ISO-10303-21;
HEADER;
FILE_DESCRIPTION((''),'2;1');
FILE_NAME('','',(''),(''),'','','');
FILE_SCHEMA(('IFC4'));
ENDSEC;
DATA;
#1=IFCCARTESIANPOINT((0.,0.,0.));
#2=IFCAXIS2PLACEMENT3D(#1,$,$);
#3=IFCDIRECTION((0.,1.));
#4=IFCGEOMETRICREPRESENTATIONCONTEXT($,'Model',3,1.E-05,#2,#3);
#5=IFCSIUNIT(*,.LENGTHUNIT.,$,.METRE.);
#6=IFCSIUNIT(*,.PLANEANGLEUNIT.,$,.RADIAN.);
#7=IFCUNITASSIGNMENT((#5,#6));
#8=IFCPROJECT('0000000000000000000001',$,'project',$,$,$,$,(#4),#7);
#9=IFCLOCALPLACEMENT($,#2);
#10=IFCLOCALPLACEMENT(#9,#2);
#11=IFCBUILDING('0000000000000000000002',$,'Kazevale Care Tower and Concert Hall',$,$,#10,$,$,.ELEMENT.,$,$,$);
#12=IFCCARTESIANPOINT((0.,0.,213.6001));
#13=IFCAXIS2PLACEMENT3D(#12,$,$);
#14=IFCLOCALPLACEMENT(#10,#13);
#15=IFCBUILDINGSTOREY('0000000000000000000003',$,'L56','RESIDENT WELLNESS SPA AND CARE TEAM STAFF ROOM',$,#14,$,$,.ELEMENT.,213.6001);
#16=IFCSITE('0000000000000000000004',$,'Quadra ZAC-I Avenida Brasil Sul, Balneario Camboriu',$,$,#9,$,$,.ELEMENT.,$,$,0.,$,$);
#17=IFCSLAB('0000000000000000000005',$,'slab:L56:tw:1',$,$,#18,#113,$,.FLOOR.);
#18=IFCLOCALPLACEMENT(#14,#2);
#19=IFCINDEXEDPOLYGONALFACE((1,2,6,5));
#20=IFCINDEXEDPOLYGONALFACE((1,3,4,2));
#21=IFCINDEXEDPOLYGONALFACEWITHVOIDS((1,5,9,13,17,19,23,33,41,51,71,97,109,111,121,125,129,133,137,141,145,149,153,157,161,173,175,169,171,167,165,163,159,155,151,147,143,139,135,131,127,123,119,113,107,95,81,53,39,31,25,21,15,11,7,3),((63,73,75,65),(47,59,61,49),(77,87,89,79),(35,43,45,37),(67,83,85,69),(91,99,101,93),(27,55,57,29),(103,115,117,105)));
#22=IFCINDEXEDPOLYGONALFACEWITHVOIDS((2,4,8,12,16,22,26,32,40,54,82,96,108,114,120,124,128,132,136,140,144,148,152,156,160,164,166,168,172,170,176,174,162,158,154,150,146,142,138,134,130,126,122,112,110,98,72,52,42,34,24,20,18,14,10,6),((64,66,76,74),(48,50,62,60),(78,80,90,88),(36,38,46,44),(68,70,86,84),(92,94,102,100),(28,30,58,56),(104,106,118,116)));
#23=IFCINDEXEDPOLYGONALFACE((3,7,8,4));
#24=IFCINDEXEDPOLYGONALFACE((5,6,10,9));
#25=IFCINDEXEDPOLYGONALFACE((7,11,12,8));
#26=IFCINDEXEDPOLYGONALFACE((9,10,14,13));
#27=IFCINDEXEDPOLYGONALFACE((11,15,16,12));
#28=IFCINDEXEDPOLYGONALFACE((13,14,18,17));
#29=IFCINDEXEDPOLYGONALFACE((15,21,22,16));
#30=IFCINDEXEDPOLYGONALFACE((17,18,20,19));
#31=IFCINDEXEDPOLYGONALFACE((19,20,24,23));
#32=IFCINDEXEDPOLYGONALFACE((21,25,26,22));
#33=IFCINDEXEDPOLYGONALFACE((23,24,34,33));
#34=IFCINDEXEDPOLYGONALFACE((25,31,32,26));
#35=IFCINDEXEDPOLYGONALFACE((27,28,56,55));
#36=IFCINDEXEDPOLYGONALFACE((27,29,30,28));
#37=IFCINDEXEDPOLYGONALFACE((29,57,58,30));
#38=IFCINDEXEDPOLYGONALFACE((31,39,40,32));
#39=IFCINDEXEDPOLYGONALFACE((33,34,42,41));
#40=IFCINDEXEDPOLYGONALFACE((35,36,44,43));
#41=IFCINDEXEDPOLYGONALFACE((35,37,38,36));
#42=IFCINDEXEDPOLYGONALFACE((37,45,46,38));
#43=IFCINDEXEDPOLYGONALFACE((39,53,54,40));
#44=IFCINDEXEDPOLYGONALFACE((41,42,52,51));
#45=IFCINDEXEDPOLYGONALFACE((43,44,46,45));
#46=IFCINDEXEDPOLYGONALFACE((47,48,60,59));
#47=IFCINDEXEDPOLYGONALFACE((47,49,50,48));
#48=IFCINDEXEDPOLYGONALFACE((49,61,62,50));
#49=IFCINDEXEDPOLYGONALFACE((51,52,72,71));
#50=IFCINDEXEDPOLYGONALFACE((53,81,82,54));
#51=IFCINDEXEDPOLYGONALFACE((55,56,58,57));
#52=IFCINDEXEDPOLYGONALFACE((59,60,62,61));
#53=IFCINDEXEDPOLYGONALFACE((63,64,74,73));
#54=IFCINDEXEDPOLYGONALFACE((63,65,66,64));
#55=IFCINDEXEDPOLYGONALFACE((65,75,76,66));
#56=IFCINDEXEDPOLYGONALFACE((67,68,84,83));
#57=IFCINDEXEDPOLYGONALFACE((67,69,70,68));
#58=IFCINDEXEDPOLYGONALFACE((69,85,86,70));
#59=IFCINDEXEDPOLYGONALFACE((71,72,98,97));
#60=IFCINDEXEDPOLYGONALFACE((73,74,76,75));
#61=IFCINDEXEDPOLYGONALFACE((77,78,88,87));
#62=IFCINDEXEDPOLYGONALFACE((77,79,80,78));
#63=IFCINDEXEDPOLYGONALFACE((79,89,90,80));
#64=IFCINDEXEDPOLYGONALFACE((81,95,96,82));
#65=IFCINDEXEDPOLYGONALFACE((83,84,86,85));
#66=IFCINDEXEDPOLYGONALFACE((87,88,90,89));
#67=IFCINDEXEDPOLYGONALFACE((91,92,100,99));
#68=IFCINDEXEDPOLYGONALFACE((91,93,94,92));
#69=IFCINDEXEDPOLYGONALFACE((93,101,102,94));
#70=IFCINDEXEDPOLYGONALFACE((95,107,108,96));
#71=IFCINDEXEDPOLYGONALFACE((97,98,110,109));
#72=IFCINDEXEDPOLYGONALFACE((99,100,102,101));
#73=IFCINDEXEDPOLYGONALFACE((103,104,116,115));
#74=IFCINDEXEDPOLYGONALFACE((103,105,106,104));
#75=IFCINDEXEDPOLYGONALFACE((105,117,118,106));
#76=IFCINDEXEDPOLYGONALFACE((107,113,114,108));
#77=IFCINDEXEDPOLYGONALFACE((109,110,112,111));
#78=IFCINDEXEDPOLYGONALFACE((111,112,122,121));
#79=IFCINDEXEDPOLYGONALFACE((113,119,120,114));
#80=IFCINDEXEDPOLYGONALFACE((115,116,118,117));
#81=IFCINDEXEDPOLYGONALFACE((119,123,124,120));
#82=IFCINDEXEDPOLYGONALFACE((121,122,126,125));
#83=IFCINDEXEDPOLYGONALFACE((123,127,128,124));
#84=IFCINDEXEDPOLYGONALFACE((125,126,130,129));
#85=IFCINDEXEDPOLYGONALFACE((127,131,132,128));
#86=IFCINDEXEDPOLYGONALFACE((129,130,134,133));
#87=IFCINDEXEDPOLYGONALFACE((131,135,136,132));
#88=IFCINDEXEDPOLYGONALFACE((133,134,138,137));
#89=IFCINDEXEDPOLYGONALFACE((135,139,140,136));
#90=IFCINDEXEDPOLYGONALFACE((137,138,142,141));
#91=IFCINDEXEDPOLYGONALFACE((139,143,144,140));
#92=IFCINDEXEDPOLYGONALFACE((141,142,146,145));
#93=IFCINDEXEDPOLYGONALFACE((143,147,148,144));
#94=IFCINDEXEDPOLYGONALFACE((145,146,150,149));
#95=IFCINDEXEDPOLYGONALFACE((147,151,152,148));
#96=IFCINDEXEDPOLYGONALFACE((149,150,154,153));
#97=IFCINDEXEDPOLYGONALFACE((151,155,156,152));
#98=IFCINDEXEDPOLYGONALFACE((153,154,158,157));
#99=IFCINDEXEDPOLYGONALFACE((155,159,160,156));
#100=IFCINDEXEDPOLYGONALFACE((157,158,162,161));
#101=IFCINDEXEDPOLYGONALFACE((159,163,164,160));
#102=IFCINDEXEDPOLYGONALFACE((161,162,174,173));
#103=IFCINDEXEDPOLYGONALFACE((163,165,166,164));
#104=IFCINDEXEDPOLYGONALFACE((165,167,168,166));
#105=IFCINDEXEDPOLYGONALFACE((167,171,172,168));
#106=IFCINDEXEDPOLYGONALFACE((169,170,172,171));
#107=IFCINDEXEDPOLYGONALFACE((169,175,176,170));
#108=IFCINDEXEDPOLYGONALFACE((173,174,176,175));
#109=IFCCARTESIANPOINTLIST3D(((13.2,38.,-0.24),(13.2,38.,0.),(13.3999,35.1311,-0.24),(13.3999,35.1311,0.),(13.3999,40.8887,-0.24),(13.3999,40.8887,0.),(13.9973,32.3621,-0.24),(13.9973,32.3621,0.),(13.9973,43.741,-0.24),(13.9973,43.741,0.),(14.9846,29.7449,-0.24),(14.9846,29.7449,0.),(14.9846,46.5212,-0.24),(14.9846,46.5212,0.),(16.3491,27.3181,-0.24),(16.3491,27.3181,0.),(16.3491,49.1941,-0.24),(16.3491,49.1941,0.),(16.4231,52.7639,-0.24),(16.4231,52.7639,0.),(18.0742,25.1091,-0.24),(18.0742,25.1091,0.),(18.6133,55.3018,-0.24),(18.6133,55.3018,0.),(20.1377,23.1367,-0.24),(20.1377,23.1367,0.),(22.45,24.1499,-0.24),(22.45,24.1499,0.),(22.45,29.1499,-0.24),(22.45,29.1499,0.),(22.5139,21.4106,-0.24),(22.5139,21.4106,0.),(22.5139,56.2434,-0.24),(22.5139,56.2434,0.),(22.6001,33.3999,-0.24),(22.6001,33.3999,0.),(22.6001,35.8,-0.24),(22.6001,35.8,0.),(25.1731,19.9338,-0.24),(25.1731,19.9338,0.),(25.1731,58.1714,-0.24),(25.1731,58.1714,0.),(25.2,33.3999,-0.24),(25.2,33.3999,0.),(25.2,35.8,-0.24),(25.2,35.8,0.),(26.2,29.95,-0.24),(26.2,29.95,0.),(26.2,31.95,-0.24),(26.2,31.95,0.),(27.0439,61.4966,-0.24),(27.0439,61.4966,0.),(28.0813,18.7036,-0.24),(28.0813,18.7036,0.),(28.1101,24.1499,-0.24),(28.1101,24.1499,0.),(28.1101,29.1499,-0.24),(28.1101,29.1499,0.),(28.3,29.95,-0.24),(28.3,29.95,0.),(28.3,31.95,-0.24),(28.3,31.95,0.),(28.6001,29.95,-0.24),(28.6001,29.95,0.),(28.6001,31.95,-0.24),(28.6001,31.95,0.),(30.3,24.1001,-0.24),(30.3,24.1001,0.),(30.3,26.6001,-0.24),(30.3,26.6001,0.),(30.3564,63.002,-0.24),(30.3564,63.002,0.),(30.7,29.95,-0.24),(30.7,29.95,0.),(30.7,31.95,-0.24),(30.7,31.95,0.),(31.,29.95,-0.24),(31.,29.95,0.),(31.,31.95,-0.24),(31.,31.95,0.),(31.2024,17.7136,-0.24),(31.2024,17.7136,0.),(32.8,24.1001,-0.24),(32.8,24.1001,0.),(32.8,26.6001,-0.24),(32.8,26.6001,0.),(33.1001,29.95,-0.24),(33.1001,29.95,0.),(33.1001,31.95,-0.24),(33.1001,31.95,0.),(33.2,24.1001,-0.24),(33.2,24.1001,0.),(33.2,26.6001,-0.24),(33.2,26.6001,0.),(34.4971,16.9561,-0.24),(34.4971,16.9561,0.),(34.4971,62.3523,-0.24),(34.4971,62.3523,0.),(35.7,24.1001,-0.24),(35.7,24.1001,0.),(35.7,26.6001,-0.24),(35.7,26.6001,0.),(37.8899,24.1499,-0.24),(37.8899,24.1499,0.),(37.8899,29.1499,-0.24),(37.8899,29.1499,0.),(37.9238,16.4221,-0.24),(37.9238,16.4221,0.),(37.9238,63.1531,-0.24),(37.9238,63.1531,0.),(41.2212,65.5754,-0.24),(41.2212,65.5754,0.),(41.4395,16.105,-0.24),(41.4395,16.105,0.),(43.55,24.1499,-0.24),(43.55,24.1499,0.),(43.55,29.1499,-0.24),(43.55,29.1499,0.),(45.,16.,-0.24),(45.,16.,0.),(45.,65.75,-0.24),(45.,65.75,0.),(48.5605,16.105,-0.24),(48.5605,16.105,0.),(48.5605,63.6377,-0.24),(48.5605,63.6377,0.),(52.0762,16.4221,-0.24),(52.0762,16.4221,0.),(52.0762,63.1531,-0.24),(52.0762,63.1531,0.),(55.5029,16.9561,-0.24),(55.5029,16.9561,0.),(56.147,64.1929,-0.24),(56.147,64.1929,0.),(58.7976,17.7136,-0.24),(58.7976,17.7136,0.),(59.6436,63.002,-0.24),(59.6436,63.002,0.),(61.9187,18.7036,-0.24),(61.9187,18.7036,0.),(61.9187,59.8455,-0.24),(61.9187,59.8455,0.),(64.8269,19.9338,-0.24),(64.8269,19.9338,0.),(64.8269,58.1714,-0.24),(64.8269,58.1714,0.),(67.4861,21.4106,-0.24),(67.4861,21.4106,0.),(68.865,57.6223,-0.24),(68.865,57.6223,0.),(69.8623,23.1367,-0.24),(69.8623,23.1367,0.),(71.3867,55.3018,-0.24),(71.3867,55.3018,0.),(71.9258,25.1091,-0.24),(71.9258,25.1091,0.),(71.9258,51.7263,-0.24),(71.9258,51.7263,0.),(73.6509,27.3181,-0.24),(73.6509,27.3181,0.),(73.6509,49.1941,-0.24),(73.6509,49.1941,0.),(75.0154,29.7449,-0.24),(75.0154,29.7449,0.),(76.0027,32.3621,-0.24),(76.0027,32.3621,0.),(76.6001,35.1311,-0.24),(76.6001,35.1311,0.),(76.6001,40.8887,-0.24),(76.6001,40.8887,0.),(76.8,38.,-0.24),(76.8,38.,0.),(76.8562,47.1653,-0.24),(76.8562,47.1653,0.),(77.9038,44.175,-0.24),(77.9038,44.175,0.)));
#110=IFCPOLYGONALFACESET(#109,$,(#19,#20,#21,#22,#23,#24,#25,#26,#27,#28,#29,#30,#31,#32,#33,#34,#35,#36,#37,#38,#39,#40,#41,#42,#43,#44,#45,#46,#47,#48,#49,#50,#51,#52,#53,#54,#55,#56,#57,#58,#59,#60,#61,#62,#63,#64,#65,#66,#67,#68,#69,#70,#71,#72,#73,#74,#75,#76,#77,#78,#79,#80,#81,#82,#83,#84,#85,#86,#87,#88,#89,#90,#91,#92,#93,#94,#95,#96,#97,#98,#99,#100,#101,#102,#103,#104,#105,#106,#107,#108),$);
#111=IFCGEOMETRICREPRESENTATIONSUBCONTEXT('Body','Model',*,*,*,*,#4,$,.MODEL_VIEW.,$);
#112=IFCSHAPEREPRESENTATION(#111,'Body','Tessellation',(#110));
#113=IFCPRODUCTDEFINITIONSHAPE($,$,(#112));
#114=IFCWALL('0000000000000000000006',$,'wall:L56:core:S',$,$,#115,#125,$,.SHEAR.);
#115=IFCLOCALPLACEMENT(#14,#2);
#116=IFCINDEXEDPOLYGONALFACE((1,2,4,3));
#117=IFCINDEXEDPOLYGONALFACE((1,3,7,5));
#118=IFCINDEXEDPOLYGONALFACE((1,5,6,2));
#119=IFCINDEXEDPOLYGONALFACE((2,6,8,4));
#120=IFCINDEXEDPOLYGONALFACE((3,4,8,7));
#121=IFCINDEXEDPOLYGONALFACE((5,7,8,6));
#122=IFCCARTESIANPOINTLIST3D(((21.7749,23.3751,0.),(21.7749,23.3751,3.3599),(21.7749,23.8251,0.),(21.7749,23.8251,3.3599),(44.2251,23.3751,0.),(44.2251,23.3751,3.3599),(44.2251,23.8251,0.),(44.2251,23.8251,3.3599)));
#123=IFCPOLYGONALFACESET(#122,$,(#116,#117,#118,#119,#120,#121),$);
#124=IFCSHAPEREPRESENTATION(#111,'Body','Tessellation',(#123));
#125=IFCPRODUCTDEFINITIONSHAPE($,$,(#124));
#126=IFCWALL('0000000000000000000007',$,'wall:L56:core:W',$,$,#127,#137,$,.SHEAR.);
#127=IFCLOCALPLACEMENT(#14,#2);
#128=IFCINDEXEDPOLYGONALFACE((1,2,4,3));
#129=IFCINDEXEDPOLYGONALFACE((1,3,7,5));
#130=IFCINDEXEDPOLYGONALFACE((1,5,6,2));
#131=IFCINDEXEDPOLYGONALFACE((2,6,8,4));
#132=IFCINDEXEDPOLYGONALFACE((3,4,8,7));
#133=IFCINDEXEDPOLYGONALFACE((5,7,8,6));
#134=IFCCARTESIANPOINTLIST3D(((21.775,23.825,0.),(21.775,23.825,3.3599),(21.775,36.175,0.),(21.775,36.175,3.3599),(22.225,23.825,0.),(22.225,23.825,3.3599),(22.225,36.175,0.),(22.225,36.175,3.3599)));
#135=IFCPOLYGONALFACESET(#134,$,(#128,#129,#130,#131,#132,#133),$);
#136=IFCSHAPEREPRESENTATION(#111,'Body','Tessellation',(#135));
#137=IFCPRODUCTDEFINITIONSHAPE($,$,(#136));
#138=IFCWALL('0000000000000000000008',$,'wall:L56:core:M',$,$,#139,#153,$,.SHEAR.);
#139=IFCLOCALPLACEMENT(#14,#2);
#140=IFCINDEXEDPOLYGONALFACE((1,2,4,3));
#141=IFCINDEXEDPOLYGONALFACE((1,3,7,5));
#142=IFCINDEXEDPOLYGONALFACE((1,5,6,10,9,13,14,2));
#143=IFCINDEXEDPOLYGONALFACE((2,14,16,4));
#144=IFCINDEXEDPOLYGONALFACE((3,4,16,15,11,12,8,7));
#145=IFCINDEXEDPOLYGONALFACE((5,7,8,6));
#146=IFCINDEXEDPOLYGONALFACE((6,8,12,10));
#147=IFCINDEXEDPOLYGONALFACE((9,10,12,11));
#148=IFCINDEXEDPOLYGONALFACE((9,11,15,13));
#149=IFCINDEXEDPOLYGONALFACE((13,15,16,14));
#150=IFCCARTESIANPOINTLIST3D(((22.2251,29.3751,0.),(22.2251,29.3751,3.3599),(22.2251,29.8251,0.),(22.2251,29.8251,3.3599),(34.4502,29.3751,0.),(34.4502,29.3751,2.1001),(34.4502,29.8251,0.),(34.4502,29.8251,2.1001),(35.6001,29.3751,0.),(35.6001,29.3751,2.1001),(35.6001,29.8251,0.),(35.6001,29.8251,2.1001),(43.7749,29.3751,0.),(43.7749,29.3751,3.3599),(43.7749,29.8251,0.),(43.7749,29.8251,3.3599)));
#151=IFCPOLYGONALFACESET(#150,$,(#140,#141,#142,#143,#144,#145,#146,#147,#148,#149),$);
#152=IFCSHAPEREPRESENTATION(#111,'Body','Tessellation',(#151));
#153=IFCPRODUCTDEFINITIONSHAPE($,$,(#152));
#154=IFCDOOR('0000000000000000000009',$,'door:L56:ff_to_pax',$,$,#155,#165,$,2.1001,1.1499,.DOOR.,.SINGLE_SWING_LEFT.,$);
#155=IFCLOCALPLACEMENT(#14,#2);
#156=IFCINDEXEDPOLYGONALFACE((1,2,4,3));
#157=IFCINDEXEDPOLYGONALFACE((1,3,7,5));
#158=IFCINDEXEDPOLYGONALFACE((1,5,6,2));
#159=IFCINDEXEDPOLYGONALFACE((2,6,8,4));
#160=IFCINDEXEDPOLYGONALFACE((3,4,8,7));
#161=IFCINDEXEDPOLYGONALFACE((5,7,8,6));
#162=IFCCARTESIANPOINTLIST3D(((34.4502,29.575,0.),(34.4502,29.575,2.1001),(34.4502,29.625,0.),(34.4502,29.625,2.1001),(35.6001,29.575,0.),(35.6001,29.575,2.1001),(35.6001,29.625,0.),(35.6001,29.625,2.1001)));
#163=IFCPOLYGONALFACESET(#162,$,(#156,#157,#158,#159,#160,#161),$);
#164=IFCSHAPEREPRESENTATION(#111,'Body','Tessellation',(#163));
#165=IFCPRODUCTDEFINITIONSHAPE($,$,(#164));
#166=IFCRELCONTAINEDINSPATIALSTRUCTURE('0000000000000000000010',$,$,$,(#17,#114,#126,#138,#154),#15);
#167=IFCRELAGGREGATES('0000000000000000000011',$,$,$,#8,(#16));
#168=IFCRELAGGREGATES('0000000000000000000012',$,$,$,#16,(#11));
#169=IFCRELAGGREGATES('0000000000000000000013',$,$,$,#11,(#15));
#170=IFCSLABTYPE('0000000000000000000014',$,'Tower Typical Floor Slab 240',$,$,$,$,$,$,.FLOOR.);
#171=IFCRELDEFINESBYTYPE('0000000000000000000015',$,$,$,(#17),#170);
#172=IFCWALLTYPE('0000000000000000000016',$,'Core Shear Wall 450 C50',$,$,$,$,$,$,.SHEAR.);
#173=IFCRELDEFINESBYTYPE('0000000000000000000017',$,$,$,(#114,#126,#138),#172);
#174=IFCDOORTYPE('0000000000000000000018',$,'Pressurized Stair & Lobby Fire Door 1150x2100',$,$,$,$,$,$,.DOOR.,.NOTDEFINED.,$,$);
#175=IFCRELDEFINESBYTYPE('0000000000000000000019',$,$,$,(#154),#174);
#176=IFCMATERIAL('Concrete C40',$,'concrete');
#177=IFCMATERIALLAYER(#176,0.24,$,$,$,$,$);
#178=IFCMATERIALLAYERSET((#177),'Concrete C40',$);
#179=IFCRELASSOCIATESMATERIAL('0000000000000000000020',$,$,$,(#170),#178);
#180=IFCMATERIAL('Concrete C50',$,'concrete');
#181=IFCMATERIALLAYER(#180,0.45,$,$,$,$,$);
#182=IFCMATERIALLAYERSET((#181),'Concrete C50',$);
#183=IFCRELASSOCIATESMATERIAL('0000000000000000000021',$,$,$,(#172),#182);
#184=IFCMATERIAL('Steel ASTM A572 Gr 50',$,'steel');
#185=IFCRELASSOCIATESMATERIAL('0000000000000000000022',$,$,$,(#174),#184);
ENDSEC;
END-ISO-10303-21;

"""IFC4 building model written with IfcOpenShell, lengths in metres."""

from ifc_helpers import new_model, si_unit, direction, frame, frame_2d, origin, place, context, subcontext, project, spatial, polyline, rectangle, outline, extrude, material, layer, layer_set, type_object, element, fill, save


model = new_model("IFC4")

# Units and contexts
model_context = context("Model", 3, precision=1e-05, world=origin(), true_north=direction((0.0, 1.0)))
body_context = subcontext(model_context, "Body", "Model", "MODEL_VIEW")
ifc_project = project(units=[si_unit("LENGTHUNIT", "METRE"), si_unit("PLANEANGLEUNIT", "RADIAN")], contexts=[model_context])

# Site, building, storey
site_placement = place(None, origin())
site = spatial("IfcSite", under=ifc_project, at=site_placement, Name="Quadra ZAC-I Avenida Brasil Sul, Balneario Camboriu", CompositionType="ELEMENT", RefElevation=0.0)
building_placement = place(site_placement, origin())
building = spatial("IfcBuilding", under=site, at=building_placement, Name="Kazevale Care Tower and Concert Hall", CompositionType="ELEMENT")
storey_placement = place(building_placement, frame((0.0, 0.0, 213.6001)))
storey = spatial("IfcBuildingStorey", under=building, at=storey_placement, Name="L56", Description="RESIDENT WELLNESS SPA AND CARE TEAM STAFF ROOM", CompositionType="ELEMENT", Elevation=213.6001)

# Shared definitions
ifc_material_1 = material(Name="Concrete C50", Category="concrete")

# Shared definitions
ifc_material_2 = material(Name="Steel ASTM A572 Gr 50", Category="steel")

# Shared definitions
ifc_material_3 = material(Name="Concrete C40", Category="concrete")

# Slab
ifc_layer_1 = layer(ifc_material_3, 0.24)
ifc_layer_set_1 = layer_set([ifc_layer_1], Name="Concrete C40")
slab_type_1 = type_object("IfcSlabType", Name="Tower Typical Floor Slab 240", PredefinedType="FLOOR", material=ifc_layer_set_1)
slab_1_placement = place(storey_placement, frame((0.0, 0.0, -0.24)))
element("IfcSlab", 1, at=slab_1_placement, inside=storey, type_object=slab_type_1, Name="slab:L56:tw:1", PredefinedType="FLOOR", context=body_context, shape_type="SweptSolid", body=[
    extrude(outline(polyline([(76.8, 38.0), (76.6001, 40.8887), (77.9038, 44.175), (76.8562, 47.1653), (73.6509, 49.1941), (71.9258, 51.7263), (71.3867, 55.3018), (68.865, 57.6223), (64.8269, 58.1714), (61.9187, 59.8455), (59.6436, 63.002), (56.147, 64.1929), (52.0762, 63.1531), (48.5605, 63.6377), (45.0, 65.75), (41.2212, 65.5754), (37.9238, 63.1531), (34.4971, 62.3523), (30.3564, 63.002), (27.0439, 61.4966), (25.1731, 58.1714), (22.5139, 56.2434), (18.6133, 55.3018), (16.4231, 52.7639), (16.3491, 49.1941), (14.9846, 46.5212), (13.9973, 43.741), (13.3999, 40.8887), (13.2, 38.0), (13.3999, 35.1311), (13.9973, 32.3621), (14.9846, 29.7449), (16.3491, 27.3181), (18.0742, 25.1091), (20.1377, 23.1367), (22.5139, 21.4106), (25.1731, 19.9338), (28.0813, 18.7036), (31.2024, 17.7136), (34.4971, 16.9561), (37.9238, 16.4221), (41.4395, 16.105), (45.0, 16.0), (48.5605, 16.105), (52.0762, 16.4221), (55.5029, 16.9561), (58.7976, 17.7136), (61.9187, 18.7036), (64.8269, 19.9338), (67.4861, 21.4106), (69.8623, 23.1367), (71.9258, 25.1091), (73.6509, 27.3181), (75.0154, 29.7449), (76.0027, 32.3621), (76.6001, 35.1311), (76.8, 38.0)]), holes=[polyline([(22.45, 24.1499), (28.1101, 24.1499), (28.1101, 29.1499), (22.45, 29.1499), (22.45, 24.1499)]), polyline([(37.8899, 24.1499), (43.55, 24.1499), (43.55, 29.1499), (37.8899, 29.1499), (37.8899, 24.1499)]), polyline([(30.3, 24.1001), (32.8, 24.1001), (32.8, 26.6001), (30.3, 26.6001), (30.3, 24.1001)]), polyline([(33.2, 24.1001), (35.7, 24.1001), (35.7, 26.6001), (33.2, 26.6001), (33.2, 24.1001)]), polyline([(22.6001, 33.3999), (25.2, 33.3999), (25.2, 35.8), (22.6001, 35.8), (22.6001, 33.3999)]), polyline([(26.2, 29.95), (28.3, 29.95), (28.3, 31.95), (26.2, 31.95), (26.2, 29.95)]), polyline([(28.6001, 29.95), (30.7, 29.95), (30.7, 31.95), (28.6001, 31.95), (28.6001, 29.95)]), polyline([(31.0, 29.95), (33.1001, 29.95), (33.1001, 31.95), (31.0, 31.95), (31.0, 29.95)])]), origin(), (0.0, 0.0, 1.0), 0.24),
])

# Walls
ifc_layer_2 = layer(ifc_material_1, 0.45)
ifc_layer_set_2 = layer_set([ifc_layer_2], Name="Concrete C50")
wall_type_1 = type_object("IfcWallType", Name="Core Shear Wall 450 C50", PredefinedType="SHEAR", material=ifc_layer_set_2)
wall_1_placement = place(storey_placement, frame((21.7749, 23.6001, 0.0), z_axis=(0.0, 0.0, 1.0), x_axis=(1.0, 0.0, 0.0)))
element("IfcWall", 2, at=wall_1_placement, inside=storey, type_object=wall_type_1, Name="wall:L56:core:S", PredefinedType="SHEAR", context=body_context, shape_type="SweptSolid", body=[
    extrude(rectangle(XDim=22.4502, YDim=0.45, at=frame_2d((11.2251, 0.0))), origin(), (0.0, 0.0, 1.0), 3.3599),
])
wall_2_placement = place(storey_placement, frame((22.0, 23.825, 0.0), z_axis=(0.0, 0.0, 1.0), x_axis=(0.0, 1.0, 0.0)))
element("IfcWall", 3, at=wall_2_placement, inside=storey, type_object=wall_type_1, Name="wall:L56:core:W", PredefinedType="SHEAR", context=body_context, shape_type="SweptSolid", body=[
    extrude(rectangle(XDim=12.3501, YDim=0.45, at=frame_2d((6.175, 0.0))), origin(), (0.0, 0.0, 1.0), 3.3599),
])

# Wall, opening, door
wall_3_placement = place(storey_placement, frame((22.2251, 29.6001, 0.0), z_axis=(0.0, 0.0, 1.0), x_axis=(1.0, 0.0, 0.0)))
wall_3 = element("IfcWall", 4, at=wall_3_placement, inside=storey, type_object=wall_type_1, Name="wall:L56:core:M", PredefinedType="SHEAR", context=body_context, shape_type="SweptSolid", body=[
    extrude(rectangle(XDim=21.5498, YDim=0.45, at=frame_2d((10.7749, 0.0))), origin(), (0.0, 0.0, 1.0), 3.3599),
])
opening_1_placement = place(wall_3_placement, frame((12.2251, 0.0, 0.0)))
opening_1 = element("IfcOpeningElement", 5, at=opening_1_placement, cuts=wall_3, PredefinedType="OPENING", context=body_context, shape_type="SweptSolid", body=[
    extrude(rectangle(XDim=1.1499, YDim=2.1001, at=frame_2d((0.575, 1.05))), frame((0.0, 0.2349, 0.0), z_axis=(0.0, -1.0, 0.0), x_axis=(1.0, 0.0, 0.0)), (0.0, 0.0, 1.0), 0.47),
])
door_type_1 = type_object("IfcDoorType", Name="Pressurized Stair & Lobby Fire Door 1150x2100", OperationType="NOTDEFINED", PredefinedType="DOOR", material=ifc_material_2)
door_1_placement = place(opening_1_placement, origin())
door_1 = element("IfcDoor", 6, at=door_1_placement, inside=storey, type_object=door_type_1, Name="door:L56:ff_to_pax", OperationType="SINGLE_SWING_LEFT", OverallHeight=2.1001, OverallWidth=1.1499, PredefinedType="DOOR", context=body_context, shape_type="SweptSolid", body=[
    extrude(rectangle(XDim=1.1499, YDim=2.1001, at=frame_2d((0.575, 1.05))), frame((0.0, 0.0249, 0.0), z_axis=(0.0, -1.0, 0.0), x_axis=(1.0, 0.0, 0.0)), (0.0, 0.0, 1.0), 0.05),
])
fill(opening_1, door_1)

save(model, "model.ifc")
